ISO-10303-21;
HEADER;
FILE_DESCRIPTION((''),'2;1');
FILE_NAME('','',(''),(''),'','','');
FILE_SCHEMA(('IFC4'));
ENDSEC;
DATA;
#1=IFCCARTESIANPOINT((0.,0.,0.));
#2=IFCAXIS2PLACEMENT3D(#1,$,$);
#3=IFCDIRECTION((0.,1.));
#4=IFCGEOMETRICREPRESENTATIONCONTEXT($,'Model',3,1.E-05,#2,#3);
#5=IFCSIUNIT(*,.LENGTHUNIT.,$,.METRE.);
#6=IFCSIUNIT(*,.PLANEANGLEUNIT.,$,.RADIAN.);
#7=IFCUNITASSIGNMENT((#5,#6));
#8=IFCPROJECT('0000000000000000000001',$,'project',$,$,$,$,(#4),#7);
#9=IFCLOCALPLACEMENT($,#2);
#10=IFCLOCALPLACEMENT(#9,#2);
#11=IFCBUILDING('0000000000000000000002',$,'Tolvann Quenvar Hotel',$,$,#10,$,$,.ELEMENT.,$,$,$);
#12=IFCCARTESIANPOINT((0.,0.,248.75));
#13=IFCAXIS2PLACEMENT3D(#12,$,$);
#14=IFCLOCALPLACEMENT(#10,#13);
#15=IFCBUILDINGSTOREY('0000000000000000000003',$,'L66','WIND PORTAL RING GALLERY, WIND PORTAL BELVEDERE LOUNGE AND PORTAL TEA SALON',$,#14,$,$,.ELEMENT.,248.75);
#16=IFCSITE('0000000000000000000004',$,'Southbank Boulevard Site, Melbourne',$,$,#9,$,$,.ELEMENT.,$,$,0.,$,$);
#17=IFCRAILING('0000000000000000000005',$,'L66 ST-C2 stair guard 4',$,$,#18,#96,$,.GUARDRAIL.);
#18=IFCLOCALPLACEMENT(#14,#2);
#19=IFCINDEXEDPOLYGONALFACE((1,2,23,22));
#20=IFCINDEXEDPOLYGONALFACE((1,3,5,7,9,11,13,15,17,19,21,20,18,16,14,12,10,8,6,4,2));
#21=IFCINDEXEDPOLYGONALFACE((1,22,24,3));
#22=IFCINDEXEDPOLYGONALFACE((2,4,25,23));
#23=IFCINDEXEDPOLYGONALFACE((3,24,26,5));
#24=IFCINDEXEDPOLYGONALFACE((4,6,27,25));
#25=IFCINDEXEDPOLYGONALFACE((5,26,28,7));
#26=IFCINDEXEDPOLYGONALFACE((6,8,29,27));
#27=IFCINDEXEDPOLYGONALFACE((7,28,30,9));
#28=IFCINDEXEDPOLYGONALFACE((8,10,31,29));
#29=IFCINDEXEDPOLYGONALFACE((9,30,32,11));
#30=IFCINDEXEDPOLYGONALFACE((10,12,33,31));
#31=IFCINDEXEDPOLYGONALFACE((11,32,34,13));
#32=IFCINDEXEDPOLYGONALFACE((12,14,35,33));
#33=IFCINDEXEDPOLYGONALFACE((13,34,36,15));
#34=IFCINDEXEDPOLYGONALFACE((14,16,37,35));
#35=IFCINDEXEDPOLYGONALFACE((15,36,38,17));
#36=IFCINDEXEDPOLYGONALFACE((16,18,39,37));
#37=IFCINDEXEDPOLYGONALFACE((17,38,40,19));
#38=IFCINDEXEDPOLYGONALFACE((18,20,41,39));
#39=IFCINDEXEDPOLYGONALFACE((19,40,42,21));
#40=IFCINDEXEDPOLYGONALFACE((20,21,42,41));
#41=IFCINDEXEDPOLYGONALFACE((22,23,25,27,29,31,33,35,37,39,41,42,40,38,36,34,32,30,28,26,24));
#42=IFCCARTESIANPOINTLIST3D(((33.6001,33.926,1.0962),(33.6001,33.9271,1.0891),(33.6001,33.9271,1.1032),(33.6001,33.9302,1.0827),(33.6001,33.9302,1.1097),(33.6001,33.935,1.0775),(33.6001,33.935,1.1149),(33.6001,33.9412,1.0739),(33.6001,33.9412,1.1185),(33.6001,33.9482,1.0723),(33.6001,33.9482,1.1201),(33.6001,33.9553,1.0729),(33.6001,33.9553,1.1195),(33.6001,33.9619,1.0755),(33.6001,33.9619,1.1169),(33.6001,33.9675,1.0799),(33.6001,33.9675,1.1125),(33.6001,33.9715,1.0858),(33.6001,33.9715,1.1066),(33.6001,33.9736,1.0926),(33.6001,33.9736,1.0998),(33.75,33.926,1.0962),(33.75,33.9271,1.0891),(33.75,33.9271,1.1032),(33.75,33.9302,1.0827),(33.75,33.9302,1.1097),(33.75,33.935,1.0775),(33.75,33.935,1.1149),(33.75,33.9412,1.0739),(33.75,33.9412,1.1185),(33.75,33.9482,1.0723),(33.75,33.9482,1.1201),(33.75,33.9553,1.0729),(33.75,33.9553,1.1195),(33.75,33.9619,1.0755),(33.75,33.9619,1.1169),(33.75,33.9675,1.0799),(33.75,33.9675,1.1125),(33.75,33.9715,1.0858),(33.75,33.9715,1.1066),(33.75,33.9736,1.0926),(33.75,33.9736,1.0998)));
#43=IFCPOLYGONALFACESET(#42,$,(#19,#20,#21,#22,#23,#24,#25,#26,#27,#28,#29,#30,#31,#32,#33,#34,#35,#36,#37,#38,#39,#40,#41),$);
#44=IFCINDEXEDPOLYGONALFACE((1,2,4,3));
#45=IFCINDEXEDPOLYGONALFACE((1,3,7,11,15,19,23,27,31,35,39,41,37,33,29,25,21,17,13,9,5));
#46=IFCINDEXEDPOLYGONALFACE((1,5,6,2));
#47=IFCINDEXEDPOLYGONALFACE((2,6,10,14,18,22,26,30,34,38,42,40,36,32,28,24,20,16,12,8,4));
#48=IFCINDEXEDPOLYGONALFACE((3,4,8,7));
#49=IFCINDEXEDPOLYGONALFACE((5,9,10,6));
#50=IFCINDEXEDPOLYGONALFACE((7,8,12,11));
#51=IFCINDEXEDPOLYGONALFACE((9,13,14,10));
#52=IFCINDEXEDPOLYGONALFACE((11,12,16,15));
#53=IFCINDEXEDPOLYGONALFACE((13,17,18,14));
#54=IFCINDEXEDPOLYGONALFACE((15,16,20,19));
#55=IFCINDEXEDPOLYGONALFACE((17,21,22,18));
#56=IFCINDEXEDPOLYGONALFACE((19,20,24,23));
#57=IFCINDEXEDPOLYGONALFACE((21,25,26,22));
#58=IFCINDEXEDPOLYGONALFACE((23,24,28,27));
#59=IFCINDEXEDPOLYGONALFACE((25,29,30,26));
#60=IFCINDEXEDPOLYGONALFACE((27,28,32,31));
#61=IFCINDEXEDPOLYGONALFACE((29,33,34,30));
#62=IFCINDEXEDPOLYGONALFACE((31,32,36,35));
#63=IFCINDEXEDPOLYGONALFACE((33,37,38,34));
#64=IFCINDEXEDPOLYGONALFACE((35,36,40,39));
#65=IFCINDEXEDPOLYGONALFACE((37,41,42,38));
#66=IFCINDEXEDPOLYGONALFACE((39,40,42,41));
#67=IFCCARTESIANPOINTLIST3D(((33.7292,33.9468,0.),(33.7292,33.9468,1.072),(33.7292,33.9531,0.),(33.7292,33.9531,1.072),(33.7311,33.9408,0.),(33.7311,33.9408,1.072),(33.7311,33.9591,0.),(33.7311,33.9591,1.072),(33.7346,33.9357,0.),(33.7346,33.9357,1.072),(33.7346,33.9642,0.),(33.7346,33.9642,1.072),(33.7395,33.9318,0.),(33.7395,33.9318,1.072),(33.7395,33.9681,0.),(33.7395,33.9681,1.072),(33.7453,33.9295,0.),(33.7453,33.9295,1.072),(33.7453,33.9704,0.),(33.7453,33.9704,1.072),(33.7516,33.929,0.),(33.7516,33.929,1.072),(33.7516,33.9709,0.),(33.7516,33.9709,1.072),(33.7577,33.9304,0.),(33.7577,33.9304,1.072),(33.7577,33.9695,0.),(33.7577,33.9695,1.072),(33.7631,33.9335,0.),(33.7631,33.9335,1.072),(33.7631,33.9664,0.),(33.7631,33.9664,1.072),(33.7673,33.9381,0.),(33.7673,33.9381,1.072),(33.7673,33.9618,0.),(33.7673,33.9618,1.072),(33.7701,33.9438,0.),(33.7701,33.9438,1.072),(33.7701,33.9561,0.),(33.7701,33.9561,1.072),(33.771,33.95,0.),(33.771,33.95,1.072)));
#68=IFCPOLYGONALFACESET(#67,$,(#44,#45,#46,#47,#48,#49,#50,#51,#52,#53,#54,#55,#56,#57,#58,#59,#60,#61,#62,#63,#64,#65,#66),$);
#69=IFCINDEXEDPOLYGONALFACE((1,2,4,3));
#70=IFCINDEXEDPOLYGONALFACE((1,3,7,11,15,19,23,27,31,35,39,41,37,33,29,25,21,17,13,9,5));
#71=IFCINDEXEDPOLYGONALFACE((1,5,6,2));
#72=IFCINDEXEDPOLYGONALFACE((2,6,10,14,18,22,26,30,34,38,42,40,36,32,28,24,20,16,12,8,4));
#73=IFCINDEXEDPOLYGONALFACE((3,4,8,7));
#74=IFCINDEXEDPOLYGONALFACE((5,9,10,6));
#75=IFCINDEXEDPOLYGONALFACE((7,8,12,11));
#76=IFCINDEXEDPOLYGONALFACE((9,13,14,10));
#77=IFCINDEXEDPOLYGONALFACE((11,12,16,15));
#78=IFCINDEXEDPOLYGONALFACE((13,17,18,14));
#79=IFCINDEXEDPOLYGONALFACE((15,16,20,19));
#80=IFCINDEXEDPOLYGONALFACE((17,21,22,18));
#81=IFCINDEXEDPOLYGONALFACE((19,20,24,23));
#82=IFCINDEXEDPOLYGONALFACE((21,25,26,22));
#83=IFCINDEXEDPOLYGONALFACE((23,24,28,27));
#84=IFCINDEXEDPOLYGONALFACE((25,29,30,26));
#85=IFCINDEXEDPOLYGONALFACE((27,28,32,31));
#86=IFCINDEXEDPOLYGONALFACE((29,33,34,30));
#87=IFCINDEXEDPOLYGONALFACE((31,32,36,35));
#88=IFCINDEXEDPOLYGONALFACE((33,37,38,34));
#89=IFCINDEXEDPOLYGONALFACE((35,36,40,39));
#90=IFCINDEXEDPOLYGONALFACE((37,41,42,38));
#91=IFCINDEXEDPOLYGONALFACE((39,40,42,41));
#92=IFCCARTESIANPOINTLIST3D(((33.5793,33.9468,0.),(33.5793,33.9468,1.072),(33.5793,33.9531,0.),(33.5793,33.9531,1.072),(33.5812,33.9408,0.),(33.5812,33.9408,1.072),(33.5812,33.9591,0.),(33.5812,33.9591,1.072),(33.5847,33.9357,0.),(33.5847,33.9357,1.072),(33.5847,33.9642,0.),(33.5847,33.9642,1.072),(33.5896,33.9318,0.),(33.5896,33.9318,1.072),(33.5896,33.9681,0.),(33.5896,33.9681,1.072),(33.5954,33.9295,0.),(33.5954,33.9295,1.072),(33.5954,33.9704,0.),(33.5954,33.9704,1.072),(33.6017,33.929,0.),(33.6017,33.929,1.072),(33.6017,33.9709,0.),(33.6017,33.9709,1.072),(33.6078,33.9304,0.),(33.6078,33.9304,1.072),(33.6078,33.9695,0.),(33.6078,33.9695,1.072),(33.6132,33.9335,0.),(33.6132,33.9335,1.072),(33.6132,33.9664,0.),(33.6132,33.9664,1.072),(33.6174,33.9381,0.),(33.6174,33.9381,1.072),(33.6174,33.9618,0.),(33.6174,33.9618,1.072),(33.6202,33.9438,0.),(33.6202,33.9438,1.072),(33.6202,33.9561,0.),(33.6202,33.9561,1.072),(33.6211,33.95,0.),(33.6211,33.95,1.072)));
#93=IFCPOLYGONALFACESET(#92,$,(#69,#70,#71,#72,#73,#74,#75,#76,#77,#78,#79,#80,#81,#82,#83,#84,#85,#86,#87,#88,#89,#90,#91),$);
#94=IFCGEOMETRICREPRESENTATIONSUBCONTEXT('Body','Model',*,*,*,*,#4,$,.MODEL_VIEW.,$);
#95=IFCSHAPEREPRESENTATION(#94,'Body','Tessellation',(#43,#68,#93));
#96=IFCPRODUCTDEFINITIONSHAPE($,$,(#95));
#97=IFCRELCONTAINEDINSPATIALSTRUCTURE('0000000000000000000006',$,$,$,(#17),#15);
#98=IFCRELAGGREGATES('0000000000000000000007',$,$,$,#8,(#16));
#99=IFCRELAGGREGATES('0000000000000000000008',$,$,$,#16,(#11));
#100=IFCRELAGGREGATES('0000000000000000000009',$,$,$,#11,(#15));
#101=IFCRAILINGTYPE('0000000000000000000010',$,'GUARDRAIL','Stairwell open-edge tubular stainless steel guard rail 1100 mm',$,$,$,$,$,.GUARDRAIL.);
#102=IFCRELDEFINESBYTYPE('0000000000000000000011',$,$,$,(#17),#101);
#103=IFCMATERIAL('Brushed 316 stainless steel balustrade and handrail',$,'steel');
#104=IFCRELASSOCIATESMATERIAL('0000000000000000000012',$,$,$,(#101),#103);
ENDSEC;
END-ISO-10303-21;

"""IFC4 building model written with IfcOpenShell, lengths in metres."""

from ifc_helpers import new_model, si_unit, direction, frame, origin, origin_2d, place, context, subcontext, project, spatial, circle, extrude, material, type_object, element, save


model = new_model("IFC4")

# Units and contexts
model_context = context("Model", 3, precision=1e-05, world=origin(), true_north=direction((0.0, 1.0)))
body_context = subcontext(model_context, "Body", "Model", "MODEL_VIEW")
ifc_project = project(units=[si_unit("LENGTHUNIT", "METRE"), si_unit("PLANEANGLEUNIT", "RADIAN")], contexts=[model_context])

# Site, building, storey
site_placement = place(None, origin())
site = spatial("IfcSite", under=ifc_project, at=site_placement, Name="Southbank Boulevard Site, Melbourne", CompositionType="ELEMENT", RefElevation=0.0)
building_placement = place(site_placement, origin())
building = spatial("IfcBuilding", under=site, at=building_placement, Name="Tolvann Quenvar Hotel", CompositionType="ELEMENT")
storey_placement = place(building_placement, frame((0.0, 0.0, 248.75)))
storey = spatial("IfcBuildingStorey", under=building, at=storey_placement, Name="L66", Description="WIND PORTAL RING GALLERY, WIND PORTAL BELVEDERE LOUNGE AND PORTAL TEA SALON", CompositionType="ELEMENT", Elevation=248.75)

# Railing
ifc_material_1 = material(Name="Brushed 316 stainless steel balustrade and handrail", Category="steel")
railing_type_1 = type_object("IfcRailingType", Name="GUARDRAIL", Description="Stairwell open-edge tubular stainless steel guard rail 1100 mm", PredefinedType="GUARDRAIL", material=ifc_material_1)
railing_1_placement = place(storey_placement, frame((33.75, 33.95, 0.0)))
element("IfcRailing", 1, at=railing_1_placement, inside=storey, type_object=railing_type_1, Name="L66 ST-C2 stair guard 4", PredefinedType="GUARDRAIL", context=body_context, shape_type="SweptSolid", body=[
    extrude(circle(Radius=0.0239, at=origin_2d()), frame((0.0, 0.0, 1.0962), z_axis=(-1.0, 0.0, 0.0), x_axis=(0.0, -1.0, 0.0)), (0.0, 0.0, 1.0), 0.1499),
    extrude(circle(Radius=0.021, at=origin_2d()), origin(), (0.0, 0.0, 1.0), 1.072),
    extrude(circle(Radius=0.021, at=origin_2d()), frame((-0.1499, 0.0, 0.0)), (0.0, 0.0, 1.0), 1.072),
])

save(model, "model.ifc")
